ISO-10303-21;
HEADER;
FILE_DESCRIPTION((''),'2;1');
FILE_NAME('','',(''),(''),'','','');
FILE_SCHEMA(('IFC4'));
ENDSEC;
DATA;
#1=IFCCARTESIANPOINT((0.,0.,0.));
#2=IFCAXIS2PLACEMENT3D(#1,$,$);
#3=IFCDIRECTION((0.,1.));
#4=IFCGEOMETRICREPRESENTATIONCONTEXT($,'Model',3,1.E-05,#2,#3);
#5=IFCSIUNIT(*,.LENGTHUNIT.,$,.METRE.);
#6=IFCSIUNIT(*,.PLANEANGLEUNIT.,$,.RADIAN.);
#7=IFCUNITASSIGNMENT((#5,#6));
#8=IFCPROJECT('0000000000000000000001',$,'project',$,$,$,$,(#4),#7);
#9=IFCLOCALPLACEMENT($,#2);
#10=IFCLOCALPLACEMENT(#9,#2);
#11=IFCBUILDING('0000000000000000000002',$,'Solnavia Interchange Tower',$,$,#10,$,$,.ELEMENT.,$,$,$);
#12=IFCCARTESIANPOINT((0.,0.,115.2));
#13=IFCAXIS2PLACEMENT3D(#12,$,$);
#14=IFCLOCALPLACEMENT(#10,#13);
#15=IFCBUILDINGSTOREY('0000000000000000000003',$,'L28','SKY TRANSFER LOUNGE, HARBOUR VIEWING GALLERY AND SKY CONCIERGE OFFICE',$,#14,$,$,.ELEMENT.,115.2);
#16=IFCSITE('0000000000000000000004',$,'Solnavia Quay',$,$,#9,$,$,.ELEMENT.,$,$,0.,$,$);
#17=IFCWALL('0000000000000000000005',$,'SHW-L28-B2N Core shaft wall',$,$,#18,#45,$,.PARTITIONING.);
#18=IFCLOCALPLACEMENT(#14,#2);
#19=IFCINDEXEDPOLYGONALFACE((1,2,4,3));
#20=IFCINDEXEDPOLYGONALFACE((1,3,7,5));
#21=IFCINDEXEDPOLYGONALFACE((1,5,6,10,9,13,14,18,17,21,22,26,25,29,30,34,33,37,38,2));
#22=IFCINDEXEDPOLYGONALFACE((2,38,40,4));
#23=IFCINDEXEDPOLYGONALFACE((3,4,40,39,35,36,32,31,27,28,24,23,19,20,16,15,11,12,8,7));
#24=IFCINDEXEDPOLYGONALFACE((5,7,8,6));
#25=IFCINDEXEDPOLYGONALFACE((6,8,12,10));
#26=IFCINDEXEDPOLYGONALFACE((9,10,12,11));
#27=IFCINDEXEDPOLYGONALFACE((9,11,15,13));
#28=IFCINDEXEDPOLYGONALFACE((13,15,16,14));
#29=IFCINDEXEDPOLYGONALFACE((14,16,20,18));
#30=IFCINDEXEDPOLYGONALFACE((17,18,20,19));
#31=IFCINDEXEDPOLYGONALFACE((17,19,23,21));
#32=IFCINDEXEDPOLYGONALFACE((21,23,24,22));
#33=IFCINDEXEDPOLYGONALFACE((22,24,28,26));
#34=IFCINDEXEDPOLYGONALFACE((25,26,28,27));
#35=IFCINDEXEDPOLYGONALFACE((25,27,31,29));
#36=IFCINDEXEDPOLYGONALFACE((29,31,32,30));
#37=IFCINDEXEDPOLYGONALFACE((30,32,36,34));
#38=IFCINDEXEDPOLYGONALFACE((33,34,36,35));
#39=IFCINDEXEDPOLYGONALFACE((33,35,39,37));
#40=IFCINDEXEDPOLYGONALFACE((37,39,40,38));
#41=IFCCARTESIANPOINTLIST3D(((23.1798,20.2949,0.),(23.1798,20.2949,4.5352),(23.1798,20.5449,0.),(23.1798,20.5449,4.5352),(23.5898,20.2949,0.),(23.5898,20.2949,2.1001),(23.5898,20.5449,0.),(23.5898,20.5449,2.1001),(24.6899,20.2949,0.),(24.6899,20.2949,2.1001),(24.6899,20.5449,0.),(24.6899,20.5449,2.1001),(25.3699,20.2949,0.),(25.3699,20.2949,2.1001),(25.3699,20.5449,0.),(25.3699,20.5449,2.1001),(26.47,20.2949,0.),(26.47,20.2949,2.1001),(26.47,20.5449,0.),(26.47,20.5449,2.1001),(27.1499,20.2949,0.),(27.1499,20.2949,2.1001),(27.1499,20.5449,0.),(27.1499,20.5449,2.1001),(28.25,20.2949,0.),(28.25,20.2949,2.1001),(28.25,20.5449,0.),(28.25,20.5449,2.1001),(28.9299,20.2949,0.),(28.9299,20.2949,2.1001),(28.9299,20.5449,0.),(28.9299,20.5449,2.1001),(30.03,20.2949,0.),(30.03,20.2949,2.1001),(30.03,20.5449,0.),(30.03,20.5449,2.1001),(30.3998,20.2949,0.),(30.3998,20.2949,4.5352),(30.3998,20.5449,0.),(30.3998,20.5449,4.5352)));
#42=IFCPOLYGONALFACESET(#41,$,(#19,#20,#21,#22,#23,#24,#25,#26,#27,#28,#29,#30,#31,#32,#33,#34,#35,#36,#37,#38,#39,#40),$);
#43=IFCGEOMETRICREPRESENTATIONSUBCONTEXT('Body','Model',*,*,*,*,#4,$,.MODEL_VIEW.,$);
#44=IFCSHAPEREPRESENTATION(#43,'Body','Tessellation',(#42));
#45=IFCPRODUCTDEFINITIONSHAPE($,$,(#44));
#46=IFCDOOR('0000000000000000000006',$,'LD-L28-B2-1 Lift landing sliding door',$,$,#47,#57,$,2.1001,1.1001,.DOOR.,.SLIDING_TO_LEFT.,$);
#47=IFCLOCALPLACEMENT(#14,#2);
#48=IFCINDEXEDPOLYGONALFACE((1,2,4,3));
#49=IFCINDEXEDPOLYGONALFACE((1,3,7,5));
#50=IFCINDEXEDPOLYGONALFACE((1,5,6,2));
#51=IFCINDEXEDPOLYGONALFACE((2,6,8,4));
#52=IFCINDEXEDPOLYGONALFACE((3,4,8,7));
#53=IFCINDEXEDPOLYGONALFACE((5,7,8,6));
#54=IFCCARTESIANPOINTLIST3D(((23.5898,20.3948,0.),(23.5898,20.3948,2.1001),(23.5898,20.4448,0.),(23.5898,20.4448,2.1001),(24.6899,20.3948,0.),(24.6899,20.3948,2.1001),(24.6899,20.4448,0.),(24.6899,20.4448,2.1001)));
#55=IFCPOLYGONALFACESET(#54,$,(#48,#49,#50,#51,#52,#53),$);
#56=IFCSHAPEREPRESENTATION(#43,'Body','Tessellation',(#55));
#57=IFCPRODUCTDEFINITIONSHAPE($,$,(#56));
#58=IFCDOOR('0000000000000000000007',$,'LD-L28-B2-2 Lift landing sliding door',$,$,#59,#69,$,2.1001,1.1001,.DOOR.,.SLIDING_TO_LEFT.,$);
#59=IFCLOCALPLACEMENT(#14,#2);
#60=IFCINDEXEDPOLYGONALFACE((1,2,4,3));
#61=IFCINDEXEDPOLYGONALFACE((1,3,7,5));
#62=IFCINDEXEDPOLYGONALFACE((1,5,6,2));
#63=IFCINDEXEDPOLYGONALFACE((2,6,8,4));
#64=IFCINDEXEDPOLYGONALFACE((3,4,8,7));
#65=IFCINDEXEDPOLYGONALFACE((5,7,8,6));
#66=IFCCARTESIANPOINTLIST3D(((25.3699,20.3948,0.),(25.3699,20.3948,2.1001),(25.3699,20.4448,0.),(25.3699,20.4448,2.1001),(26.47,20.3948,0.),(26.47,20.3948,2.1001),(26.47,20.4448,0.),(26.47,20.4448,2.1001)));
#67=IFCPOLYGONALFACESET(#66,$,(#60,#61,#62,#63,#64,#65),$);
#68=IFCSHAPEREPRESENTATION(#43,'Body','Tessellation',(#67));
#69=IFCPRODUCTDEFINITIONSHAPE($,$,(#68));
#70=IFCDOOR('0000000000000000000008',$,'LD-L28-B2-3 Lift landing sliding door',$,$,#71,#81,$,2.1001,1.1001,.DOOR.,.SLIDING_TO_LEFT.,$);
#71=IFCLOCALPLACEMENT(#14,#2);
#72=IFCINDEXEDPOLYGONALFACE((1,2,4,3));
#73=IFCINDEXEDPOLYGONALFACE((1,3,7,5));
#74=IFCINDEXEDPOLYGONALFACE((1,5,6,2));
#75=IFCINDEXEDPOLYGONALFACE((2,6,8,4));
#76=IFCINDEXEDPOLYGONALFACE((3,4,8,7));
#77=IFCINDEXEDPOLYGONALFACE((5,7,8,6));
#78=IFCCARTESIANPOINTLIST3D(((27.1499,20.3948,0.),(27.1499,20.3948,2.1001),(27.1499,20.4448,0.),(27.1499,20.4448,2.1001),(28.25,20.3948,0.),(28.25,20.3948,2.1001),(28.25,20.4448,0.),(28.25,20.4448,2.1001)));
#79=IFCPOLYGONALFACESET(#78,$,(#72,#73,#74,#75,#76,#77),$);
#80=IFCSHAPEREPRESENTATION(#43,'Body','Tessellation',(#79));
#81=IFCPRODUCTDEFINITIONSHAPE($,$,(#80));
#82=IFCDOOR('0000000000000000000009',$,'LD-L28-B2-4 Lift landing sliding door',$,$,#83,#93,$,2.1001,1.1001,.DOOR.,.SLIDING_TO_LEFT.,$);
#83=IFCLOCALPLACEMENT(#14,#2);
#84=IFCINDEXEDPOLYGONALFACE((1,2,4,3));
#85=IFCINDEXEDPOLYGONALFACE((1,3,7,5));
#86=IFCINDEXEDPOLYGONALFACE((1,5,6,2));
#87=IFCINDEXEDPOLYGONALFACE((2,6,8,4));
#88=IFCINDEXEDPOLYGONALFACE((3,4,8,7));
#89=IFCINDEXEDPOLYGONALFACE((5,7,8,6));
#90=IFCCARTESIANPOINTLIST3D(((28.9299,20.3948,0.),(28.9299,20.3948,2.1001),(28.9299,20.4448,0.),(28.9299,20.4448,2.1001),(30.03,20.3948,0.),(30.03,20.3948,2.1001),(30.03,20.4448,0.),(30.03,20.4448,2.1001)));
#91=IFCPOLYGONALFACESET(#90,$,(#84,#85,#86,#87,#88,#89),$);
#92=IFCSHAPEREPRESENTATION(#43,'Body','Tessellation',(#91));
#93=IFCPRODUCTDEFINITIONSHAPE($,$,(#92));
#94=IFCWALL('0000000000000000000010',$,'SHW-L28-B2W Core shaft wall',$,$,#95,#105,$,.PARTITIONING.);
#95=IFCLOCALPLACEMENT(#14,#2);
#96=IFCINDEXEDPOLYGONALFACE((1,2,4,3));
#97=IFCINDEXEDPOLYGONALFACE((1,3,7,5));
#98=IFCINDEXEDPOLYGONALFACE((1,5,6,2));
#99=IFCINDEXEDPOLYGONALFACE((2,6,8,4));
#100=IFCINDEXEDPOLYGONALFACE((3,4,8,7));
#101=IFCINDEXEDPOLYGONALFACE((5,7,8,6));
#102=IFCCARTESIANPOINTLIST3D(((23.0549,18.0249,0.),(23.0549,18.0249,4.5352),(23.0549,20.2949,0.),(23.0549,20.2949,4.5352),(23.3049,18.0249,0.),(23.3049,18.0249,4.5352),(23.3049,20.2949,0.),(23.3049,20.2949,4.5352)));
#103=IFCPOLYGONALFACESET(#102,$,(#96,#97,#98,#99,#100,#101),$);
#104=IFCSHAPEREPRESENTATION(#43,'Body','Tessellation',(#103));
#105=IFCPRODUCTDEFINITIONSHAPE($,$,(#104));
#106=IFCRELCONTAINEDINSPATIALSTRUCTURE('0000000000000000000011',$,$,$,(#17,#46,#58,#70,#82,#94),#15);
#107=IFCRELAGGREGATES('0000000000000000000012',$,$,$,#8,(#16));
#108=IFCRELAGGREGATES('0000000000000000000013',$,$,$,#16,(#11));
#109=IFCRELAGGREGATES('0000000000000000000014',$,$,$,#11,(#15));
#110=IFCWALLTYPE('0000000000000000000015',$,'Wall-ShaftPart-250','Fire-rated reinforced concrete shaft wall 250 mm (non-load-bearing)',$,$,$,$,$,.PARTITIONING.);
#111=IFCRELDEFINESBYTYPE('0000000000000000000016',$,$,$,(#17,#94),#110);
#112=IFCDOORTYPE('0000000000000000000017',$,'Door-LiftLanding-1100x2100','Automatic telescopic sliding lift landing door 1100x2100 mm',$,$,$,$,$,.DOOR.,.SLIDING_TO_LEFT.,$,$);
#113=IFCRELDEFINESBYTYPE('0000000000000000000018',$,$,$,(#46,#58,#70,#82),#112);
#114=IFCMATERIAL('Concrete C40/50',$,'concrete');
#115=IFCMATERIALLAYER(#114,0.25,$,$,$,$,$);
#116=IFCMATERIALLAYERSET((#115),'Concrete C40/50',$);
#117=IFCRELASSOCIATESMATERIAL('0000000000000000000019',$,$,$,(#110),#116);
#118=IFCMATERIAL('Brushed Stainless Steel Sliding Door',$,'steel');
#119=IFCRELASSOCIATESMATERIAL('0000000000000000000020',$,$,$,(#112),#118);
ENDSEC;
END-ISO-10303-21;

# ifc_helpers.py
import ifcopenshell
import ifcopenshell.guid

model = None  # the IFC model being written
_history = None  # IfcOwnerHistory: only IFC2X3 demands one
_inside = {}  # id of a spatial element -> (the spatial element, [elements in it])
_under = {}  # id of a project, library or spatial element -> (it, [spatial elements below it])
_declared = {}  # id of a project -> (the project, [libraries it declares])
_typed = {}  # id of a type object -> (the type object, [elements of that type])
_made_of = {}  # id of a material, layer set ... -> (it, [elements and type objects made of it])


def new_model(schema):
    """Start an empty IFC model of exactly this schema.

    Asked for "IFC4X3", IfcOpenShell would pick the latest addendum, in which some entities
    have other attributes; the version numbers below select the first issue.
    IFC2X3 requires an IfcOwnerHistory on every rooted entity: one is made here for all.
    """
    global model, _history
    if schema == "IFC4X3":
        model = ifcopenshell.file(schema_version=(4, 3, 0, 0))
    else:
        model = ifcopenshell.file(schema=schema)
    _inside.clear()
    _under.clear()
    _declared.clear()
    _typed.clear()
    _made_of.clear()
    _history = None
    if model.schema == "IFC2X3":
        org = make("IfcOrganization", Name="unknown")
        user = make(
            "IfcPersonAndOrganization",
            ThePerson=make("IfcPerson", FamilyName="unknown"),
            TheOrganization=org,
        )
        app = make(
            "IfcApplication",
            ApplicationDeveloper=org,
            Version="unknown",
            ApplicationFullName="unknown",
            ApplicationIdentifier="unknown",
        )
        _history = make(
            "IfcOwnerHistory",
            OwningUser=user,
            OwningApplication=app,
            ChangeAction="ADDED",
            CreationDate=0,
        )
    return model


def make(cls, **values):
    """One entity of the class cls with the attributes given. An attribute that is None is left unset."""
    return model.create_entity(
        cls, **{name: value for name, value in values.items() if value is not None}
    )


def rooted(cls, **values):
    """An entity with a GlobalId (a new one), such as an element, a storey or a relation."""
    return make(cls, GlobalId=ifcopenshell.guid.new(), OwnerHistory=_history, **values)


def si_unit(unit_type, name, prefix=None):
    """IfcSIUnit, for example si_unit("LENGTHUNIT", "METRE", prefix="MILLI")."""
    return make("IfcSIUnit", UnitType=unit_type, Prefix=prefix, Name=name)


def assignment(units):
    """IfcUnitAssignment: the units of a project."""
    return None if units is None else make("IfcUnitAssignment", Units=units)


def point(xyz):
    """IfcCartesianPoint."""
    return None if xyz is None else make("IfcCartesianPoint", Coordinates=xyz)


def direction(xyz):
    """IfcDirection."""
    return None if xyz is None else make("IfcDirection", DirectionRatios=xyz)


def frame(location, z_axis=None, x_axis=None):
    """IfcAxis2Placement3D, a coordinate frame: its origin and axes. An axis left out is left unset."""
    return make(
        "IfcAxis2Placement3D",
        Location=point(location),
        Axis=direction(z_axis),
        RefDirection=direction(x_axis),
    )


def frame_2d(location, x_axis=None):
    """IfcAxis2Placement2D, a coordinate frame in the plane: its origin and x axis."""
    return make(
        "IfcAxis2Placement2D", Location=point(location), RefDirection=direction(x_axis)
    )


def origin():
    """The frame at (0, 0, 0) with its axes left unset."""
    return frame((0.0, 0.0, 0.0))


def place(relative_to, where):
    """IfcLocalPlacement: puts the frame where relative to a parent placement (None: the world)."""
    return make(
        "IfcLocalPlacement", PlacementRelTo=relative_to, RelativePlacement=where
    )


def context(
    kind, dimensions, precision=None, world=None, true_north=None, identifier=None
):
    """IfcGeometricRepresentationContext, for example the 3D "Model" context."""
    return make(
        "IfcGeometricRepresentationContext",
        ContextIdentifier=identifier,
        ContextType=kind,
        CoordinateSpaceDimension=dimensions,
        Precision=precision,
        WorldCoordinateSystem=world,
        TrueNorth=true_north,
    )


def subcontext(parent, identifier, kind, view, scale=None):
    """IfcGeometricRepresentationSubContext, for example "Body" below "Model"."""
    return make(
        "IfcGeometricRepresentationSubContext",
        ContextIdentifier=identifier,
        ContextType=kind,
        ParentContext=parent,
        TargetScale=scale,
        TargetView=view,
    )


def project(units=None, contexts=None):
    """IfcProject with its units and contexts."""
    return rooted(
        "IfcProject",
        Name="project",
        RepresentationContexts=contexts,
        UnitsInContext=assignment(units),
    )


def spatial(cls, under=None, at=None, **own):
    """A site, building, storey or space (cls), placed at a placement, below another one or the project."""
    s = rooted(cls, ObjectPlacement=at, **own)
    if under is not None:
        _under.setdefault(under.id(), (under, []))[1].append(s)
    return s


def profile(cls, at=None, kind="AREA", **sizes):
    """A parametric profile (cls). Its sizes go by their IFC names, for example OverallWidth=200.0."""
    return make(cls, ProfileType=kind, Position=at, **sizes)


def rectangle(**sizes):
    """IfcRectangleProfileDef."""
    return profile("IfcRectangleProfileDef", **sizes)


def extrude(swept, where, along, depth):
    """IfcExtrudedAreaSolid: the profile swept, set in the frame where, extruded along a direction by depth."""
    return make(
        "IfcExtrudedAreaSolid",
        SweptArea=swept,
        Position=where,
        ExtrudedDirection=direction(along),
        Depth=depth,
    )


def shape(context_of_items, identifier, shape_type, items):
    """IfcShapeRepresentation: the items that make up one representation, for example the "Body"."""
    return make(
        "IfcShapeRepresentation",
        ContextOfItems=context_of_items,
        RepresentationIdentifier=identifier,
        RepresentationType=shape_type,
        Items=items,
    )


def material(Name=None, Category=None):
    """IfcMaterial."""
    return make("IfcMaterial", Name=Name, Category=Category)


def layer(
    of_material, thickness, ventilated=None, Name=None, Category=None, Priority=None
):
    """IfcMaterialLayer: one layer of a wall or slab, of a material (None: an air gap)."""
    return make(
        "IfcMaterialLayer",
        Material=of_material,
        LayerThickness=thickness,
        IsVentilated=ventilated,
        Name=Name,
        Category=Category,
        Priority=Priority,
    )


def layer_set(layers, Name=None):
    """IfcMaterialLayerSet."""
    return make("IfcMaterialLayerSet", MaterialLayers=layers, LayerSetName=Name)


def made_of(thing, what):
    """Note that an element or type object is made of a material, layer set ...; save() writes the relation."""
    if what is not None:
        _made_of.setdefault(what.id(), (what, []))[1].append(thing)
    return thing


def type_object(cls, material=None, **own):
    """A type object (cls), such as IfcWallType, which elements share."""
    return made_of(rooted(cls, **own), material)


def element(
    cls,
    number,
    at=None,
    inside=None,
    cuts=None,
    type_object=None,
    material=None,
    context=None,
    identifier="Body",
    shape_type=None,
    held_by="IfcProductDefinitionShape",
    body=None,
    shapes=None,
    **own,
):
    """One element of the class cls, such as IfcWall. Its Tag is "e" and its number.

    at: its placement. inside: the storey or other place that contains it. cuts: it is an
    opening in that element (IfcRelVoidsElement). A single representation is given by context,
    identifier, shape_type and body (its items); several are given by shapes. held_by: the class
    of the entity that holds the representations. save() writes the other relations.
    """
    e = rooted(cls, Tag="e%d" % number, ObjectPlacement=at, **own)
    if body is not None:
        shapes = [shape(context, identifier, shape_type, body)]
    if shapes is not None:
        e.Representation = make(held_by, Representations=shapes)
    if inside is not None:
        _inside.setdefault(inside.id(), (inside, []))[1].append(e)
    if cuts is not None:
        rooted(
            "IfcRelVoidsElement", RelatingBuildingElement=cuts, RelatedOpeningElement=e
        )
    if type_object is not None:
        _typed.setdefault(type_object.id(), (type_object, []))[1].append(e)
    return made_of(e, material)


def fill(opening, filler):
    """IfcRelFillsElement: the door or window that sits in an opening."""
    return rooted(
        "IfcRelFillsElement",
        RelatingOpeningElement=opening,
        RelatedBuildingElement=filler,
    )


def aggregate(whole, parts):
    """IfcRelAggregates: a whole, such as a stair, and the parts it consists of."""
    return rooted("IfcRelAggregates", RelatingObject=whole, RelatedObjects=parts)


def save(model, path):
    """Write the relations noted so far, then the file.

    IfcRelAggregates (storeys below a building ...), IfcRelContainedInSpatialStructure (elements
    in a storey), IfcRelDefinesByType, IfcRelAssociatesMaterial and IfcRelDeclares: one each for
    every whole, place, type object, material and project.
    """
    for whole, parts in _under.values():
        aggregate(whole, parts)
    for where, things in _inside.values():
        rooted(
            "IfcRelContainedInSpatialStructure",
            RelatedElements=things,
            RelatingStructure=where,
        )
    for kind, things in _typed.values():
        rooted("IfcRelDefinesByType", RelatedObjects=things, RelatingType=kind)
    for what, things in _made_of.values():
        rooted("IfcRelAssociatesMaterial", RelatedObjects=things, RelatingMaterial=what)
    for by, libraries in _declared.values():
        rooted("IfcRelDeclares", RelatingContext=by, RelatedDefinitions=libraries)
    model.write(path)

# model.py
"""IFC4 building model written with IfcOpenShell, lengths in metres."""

from ifc_helpers import new_model, si_unit, direction, frame, frame_2d, origin, place, context, subcontext, project, spatial, rectangle, extrude, material, layer, layer_set, type_object, element, fill, save


model = new_model("IFC4")

# Units and contexts
model_context = context("Model", 3, precision=1e-05, world=origin(), true_north=direction((0.0, 1.0)))
body_context = subcontext(model_context, "Body", "Model", "MODEL_VIEW")
ifc_project = project(units=[si_unit("LENGTHUNIT", "METRE"), si_unit("PLANEANGLEUNIT", "RADIAN")], contexts=[model_context])

# Site, building, storey
site_placement = place(None, origin())
site = spatial("IfcSite", under=ifc_project, at=site_placement, Name="Solnavia Quay", CompositionType="ELEMENT", RefElevation=0.0)
building_placement = place(site_placement, origin())
building = spatial("IfcBuilding", under=site, at=building_placement, Name="Solnavia Interchange Tower", CompositionType="ELEMENT")
storey_placement = place(building_placement, frame((0.0, 0.0, 115.2)))
storey = spatial("IfcBuildingStorey", under=building, at=storey_placement, Name="L28", Description="SKY TRANSFER LOUNGE, HARBOUR VIEWING GALLERY AND SKY CONCIERGE OFFICE", CompositionType="ELEMENT", Elevation=115.2)

# Shared definitions
ifc_material_1 = material(Name="Concrete C40/50", Category="concrete")
ifc_layer_1 = layer(ifc_material_1, 0.25)
ifc_layer_set_1 = layer_set([ifc_layer_1], Name="Concrete C40/50")
wall_type_1 = type_object("IfcWallType", Name="Wall-ShaftPart-250", Description="Fire-rated reinforced concrete shaft wall 250 mm (non-load-bearing)", PredefinedType="PARTITIONING", material=ifc_layer_set_1)

# Shared definitions
ifc_material_2 = material(Name="Brushed Stainless Steel Sliding Door", Category="steel")
door_type = type_object("IfcDoorType", Name="Door-LiftLanding-1100x2100", Description="Automatic telescopic sliding lift landing door 1100x2100 mm", OperationType="SLIDING_TO_LEFT", PredefinedType="DOOR", material=ifc_material_2)

# Wall, openings, doors
wall_1_placement = place(storey_placement, frame((23.1799, 20.4199, 0.0), z_axis=(0.0, 0.0, 1.0), x_axis=(1.0, 0.0, 0.0)))
wall_1 = element("IfcWall", 1, at=wall_1_placement, inside=storey, type_object=wall_type_1, Name="SHW-L28-B2N Core shaft wall", PredefinedType="PARTITIONING", context=body_context, shape_type="SweptSolid", body=[
    extrude(rectangle(XDim=7.22, YDim=0.25, at=frame_2d((3.6099, 0.0))), origin(), (0.0, 0.0, 1.0), 4.5352),
])
opening_1_placement = place(wall_1_placement, frame((0.4099, 0.0, 0.0)))
opening_1 = element("IfcOpeningElement", 2, at=opening_1_placement, cuts=wall_1, PredefinedType="OPENING", context=body_context, shape_type="SweptSolid", body=[
    extrude(rectangle(XDim=1.1001, YDim=2.1001, at=frame_2d((0.55, 1.05))), frame((0.0, 0.135, 0.0), z_axis=(0.0, -1.0, 0.0), x_axis=(1.0, 0.0, 0.0)), (0.0, 0.0, 1.0), 0.27),
])
opening_2_placement = place(wall_1_placement, frame((2.1899, 0.0, 0.0)))
opening_2 = element("IfcOpeningElement", 3, at=opening_2_placement, cuts=wall_1, PredefinedType="OPENING", context=body_context, shape_type="SweptSolid", body=[
    extrude(rectangle(XDim=1.1001, YDim=2.1001, at=frame_2d((0.55, 1.05))), frame((0.0, 0.135, 0.0), z_axis=(0.0, -1.0, 0.0), x_axis=(1.0, 0.0, 0.0)), (0.0, 0.0, 1.0), 0.27),
])
opening_3_placement = place(wall_1_placement, frame((3.97, 0.0, 0.0)))
opening_3 = element("IfcOpeningElement", 4, at=opening_3_placement, cuts=wall_1, PredefinedType="OPENING", context=body_context, shape_type="SweptSolid", body=[
    extrude(rectangle(XDim=1.1001, YDim=2.1001, at=frame_2d((0.55, 1.05))), frame((0.0, 0.135, 0.0), z_axis=(0.0, -1.0, 0.0), x_axis=(1.0, 0.0, 0.0)), (0.0, 0.0, 1.0), 0.27),
])
opening_4_placement = place(wall_1_placement, frame((5.75, 0.0, 0.0)))
opening_4 = element("IfcOpeningElement", 5, at=opening_4_placement, cuts=wall_1, PredefinedType="OPENING", context=body_context, shape_type="SweptSolid", body=[
    extrude(rectangle(XDim=1.1001, YDim=2.1001, at=frame_2d((0.55, 1.05))), frame((0.0, 0.135, 0.0), z_axis=(0.0, -1.0, 0.0), x_axis=(1.0, 0.0, 0.0)), (0.0, 0.0, 1.0), 0.27),
])
door_1_placement = place(opening_1_placement, origin())
door_1 = element("IfcDoor", 6, at=door_1_placement, inside=storey, type_object=door_type, Name="LD-L28-B2-1 Lift landing sliding door", OperationType="SLIDING_TO_LEFT", OverallHeight=2.1001, OverallWidth=1.1001, PredefinedType="DOOR", context=body_context, shape_type="SweptSolid", body=[
    extrude(rectangle(XDim=1.1001, YDim=2.1001, at=frame_2d((0.55, 1.05))), frame((0.0, 0.0249, 0.0), z_axis=(0.0, -1.0, 0.0), x_axis=(1.0, 0.0, 0.0)), (0.0, 0.0, 1.0), 0.05),
])
fill(opening_1, door_1)
door_2_placement = place(opening_2_placement, origin())
door_2 = element("IfcDoor", 7, at=door_2_placement, inside=storey, type_object=door_type, Name="LD-L28-B2-2 Lift landing sliding door", OperationType="SLIDING_TO_LEFT", OverallHeight=2.1001, OverallWidth=1.1001, PredefinedType="DOOR", context=body_context, shape_type="SweptSolid", body=[
    extrude(rectangle(XDim=1.1001, YDim=2.1001, at=frame_2d((0.55, 1.05))), frame((0.0, 0.0249, 0.0), z_axis=(0.0, -1.0, 0.0), x_axis=(1.0, 0.0, 0.0)), (0.0, 0.0, 1.0), 0.05),
])
fill(opening_2, door_2)
door_3_placement = place(opening_3_placement, origin())
door_3 = element("IfcDoor", 8, at=door_3_placement, inside=storey, type_object=door_type, Name="LD-L28-B2-3 Lift landing sliding door", OperationType="SLIDING_TO_LEFT", OverallHeight=2.1001, OverallWidth=1.1001, PredefinedType="DOOR", context=body_context, shape_type="SweptSolid", body=[
    extrude(rectangle(XDim=1.1001, YDim=2.1001, at=frame_2d((0.55, 1.05))), frame((0.0, 0.0249, 0.0), z_axis=(0.0, -1.0, 0.0), x_axis=(1.0, 0.0, 0.0)), (0.0, 0.0, 1.0), 0.05),
])
fill(opening_3, door_3)
door_4_placement = place(opening_4_placement, origin())
door_4 = element("IfcDoor", 9, at=door_4_placement, inside=storey, type_object=door_type, Name="LD-L28-B2-4 Lift landing sliding door", OperationType="SLIDING_TO_LEFT", OverallHeight=2.1001, OverallWidth=1.1001, PredefinedType="DOOR", context=body_context, shape_type="SweptSolid", body=[
    extrude(rectangle(XDim=1.1001, YDim=2.1001, at=frame_2d((0.55, 1.05))), frame((0.0, 0.0249, 0.0), z_axis=(0.0, -1.0, 0.0), x_axis=(1.0, 0.0, 0.0)), (0.0, 0.0, 1.0), 0.05),
])
fill(opening_4, door_4)

# Wall
wall_2_placement = place(storey_placement, frame((23.1799, 18.0249, 0.0), z_axis=(0.0, 0.0, 1.0), x_axis=(0.0, 1.0, 0.0)))
element("IfcWall", 10, at=wall_2_placement, inside=storey, type_object=wall_type_1, Name="SHW-L28-B2W Core shaft wall", PredefinedType="PARTITIONING", context=body_context, shape_type="SweptSolid", body=[
    extrude(rectangle(XDim=2.27, YDim=0.25, at=frame_2d((1.135, 0.0))), origin(), (0.0, 0.0, 1.0), 4.5352),
])

save(model, "model.ifc")
